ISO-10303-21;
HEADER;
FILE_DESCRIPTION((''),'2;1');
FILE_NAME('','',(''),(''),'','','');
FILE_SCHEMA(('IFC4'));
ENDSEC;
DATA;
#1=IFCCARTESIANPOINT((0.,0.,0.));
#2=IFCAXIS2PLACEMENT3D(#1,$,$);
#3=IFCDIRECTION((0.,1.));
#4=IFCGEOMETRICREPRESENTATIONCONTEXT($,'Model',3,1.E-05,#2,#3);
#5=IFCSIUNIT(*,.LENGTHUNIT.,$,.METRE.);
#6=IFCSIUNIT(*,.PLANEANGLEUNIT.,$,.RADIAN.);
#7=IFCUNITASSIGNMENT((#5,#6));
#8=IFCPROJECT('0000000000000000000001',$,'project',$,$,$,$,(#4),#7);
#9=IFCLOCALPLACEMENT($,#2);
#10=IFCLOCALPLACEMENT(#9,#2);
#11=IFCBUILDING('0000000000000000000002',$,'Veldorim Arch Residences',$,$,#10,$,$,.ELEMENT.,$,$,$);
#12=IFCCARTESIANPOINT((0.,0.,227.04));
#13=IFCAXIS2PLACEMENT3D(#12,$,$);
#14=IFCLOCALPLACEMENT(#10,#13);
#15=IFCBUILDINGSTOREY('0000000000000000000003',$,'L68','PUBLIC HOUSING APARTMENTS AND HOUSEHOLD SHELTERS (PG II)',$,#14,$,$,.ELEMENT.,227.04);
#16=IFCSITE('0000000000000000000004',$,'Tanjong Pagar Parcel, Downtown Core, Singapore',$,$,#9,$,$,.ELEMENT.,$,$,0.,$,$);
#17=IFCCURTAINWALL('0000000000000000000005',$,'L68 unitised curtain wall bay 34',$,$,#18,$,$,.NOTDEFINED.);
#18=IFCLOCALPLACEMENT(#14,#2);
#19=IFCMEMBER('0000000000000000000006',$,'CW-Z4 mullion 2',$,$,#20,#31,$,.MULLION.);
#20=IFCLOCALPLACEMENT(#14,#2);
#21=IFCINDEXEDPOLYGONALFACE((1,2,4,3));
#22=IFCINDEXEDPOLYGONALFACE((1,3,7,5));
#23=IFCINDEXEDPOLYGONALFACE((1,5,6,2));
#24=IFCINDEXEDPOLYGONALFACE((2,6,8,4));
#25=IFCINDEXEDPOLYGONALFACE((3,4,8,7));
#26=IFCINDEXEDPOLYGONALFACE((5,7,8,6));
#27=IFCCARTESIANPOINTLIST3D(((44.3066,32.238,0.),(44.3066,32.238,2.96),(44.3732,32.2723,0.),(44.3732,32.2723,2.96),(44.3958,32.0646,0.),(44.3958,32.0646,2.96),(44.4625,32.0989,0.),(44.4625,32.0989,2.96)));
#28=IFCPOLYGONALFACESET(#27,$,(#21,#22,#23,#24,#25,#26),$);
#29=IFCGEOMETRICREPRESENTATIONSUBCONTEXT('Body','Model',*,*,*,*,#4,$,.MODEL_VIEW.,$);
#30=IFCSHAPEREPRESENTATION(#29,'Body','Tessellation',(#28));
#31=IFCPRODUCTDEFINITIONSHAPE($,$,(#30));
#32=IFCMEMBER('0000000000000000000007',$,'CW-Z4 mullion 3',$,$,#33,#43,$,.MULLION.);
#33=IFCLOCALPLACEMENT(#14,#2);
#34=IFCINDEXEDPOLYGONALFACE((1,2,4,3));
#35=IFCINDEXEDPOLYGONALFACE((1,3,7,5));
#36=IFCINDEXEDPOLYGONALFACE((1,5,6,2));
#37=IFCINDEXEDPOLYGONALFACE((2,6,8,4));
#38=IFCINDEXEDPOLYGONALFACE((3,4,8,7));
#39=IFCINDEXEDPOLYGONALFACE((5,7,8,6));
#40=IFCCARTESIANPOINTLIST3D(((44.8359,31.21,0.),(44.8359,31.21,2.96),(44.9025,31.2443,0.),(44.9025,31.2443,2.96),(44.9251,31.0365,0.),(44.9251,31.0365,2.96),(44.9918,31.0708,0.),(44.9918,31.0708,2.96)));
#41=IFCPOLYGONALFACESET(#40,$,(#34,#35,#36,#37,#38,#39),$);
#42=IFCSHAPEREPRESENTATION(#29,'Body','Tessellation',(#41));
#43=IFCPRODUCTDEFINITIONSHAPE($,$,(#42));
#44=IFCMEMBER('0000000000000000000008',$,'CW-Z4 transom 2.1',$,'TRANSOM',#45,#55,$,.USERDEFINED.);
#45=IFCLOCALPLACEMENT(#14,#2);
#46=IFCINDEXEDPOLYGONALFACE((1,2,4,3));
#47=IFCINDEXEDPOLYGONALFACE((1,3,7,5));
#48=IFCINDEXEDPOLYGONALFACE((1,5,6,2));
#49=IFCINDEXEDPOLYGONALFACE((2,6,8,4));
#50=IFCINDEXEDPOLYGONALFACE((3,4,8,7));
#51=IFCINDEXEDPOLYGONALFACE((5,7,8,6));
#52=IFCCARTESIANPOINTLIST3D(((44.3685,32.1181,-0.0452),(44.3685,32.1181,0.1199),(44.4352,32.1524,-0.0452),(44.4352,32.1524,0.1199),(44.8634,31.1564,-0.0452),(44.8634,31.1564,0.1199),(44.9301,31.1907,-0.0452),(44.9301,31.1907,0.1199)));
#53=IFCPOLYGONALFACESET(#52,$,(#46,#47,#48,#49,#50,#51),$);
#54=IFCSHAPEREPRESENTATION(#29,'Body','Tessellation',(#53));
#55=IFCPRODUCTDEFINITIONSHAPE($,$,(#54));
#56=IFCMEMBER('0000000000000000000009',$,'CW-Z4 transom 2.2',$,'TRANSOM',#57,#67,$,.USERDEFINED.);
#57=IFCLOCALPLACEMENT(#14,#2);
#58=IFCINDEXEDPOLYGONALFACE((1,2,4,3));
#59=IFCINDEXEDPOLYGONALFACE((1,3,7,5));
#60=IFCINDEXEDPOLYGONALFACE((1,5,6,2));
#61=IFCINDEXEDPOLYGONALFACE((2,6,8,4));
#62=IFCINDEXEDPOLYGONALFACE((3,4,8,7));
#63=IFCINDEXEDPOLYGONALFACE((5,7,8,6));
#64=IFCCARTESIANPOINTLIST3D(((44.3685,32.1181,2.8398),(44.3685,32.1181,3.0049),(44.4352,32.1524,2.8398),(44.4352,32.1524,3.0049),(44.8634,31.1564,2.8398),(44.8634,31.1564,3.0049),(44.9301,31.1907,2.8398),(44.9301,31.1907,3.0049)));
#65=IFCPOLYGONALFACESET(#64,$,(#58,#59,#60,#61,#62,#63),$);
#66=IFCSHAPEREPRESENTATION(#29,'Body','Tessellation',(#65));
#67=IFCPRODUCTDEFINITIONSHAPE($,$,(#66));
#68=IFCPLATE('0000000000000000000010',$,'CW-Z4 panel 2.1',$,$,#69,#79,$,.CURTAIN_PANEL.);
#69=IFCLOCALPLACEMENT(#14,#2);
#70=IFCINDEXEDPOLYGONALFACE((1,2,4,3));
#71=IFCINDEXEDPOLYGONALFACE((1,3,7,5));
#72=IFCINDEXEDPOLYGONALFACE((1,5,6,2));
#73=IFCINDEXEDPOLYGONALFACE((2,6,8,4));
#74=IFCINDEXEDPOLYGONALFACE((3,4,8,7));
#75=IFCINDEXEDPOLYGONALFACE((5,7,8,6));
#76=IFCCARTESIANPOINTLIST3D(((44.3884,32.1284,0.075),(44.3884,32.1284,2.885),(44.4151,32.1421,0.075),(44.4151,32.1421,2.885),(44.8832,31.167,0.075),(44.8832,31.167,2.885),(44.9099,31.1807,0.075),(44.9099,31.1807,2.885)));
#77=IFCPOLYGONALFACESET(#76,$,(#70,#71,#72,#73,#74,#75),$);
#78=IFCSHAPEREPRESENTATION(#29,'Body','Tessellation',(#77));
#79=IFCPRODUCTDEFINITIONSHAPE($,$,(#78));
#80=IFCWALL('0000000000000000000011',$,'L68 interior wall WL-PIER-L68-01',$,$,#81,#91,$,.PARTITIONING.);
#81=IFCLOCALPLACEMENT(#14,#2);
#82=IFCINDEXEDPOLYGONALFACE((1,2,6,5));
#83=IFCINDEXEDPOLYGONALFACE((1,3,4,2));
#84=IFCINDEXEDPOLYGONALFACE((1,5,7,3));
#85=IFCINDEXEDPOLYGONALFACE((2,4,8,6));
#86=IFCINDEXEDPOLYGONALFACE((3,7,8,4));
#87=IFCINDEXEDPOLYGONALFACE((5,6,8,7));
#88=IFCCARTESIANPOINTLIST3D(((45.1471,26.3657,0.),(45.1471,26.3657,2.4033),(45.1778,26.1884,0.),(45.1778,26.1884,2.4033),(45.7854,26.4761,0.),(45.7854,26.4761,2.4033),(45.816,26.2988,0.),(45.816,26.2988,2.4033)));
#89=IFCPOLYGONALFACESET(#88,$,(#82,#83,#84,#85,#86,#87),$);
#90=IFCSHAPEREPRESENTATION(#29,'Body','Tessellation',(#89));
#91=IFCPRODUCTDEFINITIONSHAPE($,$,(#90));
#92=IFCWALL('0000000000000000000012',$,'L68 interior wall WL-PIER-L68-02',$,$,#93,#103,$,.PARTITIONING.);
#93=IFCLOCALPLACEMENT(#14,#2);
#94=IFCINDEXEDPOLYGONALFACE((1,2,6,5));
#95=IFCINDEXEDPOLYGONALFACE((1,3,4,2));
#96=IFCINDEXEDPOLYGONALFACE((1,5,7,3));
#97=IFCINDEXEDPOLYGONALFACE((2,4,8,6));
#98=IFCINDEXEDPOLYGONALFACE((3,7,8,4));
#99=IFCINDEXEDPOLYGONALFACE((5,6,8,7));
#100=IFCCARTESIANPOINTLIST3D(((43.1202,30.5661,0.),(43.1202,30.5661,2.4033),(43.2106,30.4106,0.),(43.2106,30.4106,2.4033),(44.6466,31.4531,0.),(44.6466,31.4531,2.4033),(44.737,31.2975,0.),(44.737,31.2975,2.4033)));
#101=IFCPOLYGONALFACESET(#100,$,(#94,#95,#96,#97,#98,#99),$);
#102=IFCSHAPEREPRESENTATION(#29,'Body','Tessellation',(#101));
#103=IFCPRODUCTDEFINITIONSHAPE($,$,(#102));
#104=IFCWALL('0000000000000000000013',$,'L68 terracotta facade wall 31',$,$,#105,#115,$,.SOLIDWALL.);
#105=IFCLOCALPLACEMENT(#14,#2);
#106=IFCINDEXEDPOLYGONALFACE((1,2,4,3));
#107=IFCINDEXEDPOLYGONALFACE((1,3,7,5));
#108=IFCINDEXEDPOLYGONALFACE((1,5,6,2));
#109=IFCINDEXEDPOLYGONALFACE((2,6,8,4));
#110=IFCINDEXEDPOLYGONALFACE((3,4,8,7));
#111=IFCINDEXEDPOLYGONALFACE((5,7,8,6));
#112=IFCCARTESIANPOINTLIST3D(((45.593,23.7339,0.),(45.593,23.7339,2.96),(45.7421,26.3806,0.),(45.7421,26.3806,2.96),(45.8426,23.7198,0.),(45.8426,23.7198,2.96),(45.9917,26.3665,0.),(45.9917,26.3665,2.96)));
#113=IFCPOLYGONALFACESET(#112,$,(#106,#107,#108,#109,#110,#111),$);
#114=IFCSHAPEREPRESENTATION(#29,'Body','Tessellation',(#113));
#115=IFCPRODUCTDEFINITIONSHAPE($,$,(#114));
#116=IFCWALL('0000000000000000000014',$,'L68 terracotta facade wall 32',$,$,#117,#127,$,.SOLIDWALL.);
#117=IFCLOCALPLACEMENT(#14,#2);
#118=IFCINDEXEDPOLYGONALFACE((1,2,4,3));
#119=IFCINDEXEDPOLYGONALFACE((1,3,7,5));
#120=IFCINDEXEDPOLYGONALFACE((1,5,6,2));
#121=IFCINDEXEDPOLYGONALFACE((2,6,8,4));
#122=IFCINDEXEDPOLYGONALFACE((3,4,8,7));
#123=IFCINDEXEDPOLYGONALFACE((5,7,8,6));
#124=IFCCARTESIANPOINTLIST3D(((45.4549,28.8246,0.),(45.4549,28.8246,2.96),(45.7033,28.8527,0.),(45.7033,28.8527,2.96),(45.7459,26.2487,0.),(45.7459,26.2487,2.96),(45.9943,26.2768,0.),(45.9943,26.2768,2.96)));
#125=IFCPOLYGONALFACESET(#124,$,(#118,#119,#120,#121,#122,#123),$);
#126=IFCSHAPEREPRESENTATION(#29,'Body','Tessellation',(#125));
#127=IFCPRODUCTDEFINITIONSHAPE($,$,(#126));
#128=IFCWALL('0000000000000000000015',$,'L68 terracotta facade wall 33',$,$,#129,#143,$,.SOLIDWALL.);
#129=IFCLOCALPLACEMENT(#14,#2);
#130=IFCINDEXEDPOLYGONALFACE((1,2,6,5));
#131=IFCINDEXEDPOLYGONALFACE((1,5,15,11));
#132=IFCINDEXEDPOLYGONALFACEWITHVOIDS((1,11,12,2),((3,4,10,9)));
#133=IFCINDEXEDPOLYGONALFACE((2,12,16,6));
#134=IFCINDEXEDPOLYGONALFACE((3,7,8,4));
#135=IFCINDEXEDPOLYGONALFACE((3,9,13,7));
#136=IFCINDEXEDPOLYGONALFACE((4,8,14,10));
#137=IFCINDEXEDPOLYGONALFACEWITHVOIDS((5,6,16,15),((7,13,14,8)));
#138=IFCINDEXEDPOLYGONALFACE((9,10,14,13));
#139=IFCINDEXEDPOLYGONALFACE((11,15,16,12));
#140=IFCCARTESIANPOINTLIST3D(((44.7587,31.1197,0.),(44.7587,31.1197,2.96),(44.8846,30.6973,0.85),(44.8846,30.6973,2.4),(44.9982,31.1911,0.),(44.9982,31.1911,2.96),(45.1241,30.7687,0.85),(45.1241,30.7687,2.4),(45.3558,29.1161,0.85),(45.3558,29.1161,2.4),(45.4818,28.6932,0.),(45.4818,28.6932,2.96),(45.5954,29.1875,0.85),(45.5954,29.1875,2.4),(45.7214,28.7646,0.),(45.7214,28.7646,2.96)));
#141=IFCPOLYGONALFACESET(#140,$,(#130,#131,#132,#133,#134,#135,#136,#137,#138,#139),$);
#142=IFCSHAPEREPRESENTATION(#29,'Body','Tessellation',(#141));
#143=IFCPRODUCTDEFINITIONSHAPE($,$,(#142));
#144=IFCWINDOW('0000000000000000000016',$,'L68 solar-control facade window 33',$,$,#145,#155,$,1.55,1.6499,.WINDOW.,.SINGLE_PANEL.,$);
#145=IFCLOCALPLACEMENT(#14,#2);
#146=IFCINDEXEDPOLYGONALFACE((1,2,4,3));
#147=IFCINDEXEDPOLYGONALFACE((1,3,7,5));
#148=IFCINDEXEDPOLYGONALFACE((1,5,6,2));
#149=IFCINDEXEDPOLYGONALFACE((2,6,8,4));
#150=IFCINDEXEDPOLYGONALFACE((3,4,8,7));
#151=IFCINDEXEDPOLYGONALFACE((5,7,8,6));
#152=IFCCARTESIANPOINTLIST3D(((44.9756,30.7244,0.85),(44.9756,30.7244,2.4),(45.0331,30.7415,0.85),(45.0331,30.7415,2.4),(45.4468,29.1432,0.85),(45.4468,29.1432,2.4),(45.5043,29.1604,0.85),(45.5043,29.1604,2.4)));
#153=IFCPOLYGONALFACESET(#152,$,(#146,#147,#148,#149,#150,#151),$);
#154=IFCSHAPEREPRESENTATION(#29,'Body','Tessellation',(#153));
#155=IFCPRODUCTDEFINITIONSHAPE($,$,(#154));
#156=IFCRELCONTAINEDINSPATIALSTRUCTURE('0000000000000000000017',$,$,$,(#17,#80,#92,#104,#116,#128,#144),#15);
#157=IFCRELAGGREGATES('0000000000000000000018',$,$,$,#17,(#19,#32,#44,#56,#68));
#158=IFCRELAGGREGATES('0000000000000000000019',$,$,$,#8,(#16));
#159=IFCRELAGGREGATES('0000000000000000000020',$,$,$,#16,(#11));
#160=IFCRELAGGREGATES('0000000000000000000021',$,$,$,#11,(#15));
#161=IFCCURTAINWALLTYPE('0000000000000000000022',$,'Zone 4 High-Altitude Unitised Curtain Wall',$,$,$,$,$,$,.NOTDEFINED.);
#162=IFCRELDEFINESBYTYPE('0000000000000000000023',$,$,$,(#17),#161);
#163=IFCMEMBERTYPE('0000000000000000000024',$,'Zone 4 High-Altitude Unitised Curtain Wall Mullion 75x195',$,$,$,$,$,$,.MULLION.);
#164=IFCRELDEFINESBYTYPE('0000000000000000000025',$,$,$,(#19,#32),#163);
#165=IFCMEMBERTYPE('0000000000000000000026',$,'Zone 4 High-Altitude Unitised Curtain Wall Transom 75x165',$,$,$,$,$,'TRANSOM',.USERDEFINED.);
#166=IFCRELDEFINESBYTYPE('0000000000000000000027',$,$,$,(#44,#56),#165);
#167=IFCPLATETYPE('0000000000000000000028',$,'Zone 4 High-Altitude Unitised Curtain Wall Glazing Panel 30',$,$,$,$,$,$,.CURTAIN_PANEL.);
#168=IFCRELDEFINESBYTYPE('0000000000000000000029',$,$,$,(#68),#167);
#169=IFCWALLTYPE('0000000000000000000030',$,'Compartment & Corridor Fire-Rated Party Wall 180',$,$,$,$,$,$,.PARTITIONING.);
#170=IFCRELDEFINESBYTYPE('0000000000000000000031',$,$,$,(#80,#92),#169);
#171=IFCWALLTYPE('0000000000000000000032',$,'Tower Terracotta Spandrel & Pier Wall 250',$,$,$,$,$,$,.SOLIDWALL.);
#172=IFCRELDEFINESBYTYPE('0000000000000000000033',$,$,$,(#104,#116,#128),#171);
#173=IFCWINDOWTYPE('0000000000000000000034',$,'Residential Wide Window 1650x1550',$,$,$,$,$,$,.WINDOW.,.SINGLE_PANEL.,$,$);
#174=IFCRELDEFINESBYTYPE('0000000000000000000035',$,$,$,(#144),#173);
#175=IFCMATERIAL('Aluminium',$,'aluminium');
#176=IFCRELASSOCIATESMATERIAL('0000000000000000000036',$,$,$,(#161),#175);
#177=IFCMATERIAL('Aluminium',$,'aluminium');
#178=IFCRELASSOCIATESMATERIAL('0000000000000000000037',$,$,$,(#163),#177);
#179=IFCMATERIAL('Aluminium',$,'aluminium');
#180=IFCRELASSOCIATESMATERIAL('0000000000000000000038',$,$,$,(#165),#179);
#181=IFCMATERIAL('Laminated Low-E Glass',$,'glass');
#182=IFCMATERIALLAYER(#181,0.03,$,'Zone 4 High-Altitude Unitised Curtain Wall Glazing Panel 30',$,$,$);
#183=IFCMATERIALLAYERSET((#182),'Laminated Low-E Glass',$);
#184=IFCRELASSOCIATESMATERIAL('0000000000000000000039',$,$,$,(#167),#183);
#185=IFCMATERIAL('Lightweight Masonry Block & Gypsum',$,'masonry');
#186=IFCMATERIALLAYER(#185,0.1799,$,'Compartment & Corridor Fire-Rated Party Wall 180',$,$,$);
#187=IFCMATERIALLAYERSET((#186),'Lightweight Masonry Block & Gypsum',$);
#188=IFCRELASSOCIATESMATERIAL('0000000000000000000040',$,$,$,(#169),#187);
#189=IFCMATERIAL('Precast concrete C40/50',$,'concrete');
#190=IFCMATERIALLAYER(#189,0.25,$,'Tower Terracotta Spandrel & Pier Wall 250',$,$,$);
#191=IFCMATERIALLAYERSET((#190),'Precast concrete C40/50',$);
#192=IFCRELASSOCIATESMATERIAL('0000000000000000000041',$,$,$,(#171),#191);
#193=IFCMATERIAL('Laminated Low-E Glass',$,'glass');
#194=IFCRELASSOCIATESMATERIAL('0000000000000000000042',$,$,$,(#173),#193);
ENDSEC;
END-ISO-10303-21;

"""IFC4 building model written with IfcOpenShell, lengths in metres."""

from ifc_helpers import new_model, si_unit, direction, frame, frame_2d, origin, origin_2d, place, context, subcontext, project, spatial, rectangle, extrude, material, layer, layer_set, material_profile, profile_set, type_object, element, fill, aggregate, save


model = new_model("IFC4")

# Units and contexts
model_context = context("Model", 3, precision=1e-05, world=origin(), true_north=direction((0.0, 1.0)))
body_context = subcontext(model_context, "Body", "Model", "MODEL_VIEW")
ifc_project = project(units=[si_unit("LENGTHUNIT", "METRE"), si_unit("PLANEANGLEUNIT", "RADIAN")], contexts=[model_context])

# Site, building, storey
site_placement = place(None, origin())
site = spatial("IfcSite", under=ifc_project, at=site_placement, Name="Tanjong Pagar Parcel, Downtown Core, Singapore", CompositionType="ELEMENT", RefElevation=0.0)
building_placement = place(site_placement, origin())
building = spatial("IfcBuilding", under=site, at=building_placement, Name="Veldorim Arch Residences", CompositionType="ELEMENT")
storey_placement = place(building_placement, frame((0.0, 0.0, 227.04)))
storey = spatial("IfcBuildingStorey", under=building, at=storey_placement, Name="L68", Description="PUBLIC HOUSING APARTMENTS AND HOUSEHOLD SHELTERS (PG II)", CompositionType="ELEMENT", Elevation=227.04)

# Curtain wall, members, plate
ifc_material_1 = material(Name="Aluminium", Category="aluminium")
curtain_wall_type = type_object("IfcCurtainWallType", Name="Zone 4 High-Altitude Unitised Curtain Wall", PredefinedType="NOTDEFINED", material=ifc_material_1)
curtain_wall_placement = place(storey_placement, origin())
curtain_wall = element("IfcCurtainWall", 1, at=curtain_wall_placement, inside=storey, type_object=curtain_wall_type, Name="L68 unitised curtain wall bay 34", PredefinedType="NOTDEFINED")
ifc_material_2 = material(Name="Aluminium", Category="aluminium")
ifc_material_profile_1 = material_profile(ifc_material_2, rectangle(XDim=0.075, YDim=0.1951, at=origin_2d()), Name="ALU_MUL_75x195")
ifc_profile_set_1 = profile_set([ifc_material_profile_1], Name="Aluminium")
member_type_1 = type_object("IfcMemberType", Name="Zone 4 High-Altitude Unitised Curtain Wall Mullion 75x195", PredefinedType="MULLION", material=ifc_profile_set_1)
member_1_placement = place(storey_placement, frame((44.3845, 32.1685, 0.0), z_axis=(0.0, 0.0, 1.0), x_axis=(0.889131, 0.457653, 0.0)))
member_1 = element("IfcMember", 2, at=member_1_placement, type_object=member_type_1, Name="CW-Z4 mullion 2", PredefinedType="MULLION", context=body_context, shape_type="SweptSolid", body=[
    extrude(rectangle(XDim=0.075, YDim=0.1951, at=origin_2d()), origin(), (0.0, 0.0, 1.0), 2.96),
])
member_2_placement = place(storey_placement, frame((44.9138, 31.1404, 0.0), z_axis=(0.0, 0.0, 1.0), x_axis=(0.889131, 0.457653, 0.0)))
member_2 = element("IfcMember", 3, at=member_2_placement, type_object=member_type_1, Name="CW-Z4 mullion 3", PredefinedType="MULLION", context=body_context, shape_type="SweptSolid", body=[
    extrude(rectangle(XDim=0.075, YDim=0.1951, at=origin_2d()), origin(), (0.0, 0.0, 1.0), 2.96),
])
ifc_material_3 = material(Name="Aluminium", Category="aluminium")
ifc_material_profile_2 = material_profile(ifc_material_3, rectangle(XDim=0.075, YDim=0.165, at=origin_2d()), Name="ALU_TRN_75x165")
ifc_profile_set_2 = profile_set([ifc_material_profile_2], Name="Aluminium")
member_type_2 = type_object("IfcMemberType", Name="Zone 4 High-Altitude Unitised Curtain Wall Transom 75x165", ElementType="TRANSOM", PredefinedType="USERDEFINED", material=ifc_profile_set_2)
member_3_placement = place(storey_placement, frame((44.4019, 32.1353, 0.0374), z_axis=(0.457567, -0.889175, 0.0), x_axis=(0.889175, 0.457567, 0.0)))
member_3 = element("IfcMember", 4, at=member_3_placement, type_object=member_type_2, Name="CW-Z4 transom 2.1", ObjectType="TRANSOM", PredefinedType="USERDEFINED", context=body_context, shape_type="SweptSolid", body=[
    extrude(rectangle(XDim=0.075, YDim=0.165, at=origin_2d()), origin(), (0.0, 0.0, 1.0), 1.0815),
])
member_4_placement = place(storey_placement, frame((44.4019, 32.1353, 2.9224), z_axis=(0.457567, -0.889175, 0.0), x_axis=(0.889175, 0.457567, 0.0)))
member_4 = element("IfcMember", 5, at=member_4_placement, type_object=member_type_2, Name="CW-Z4 transom 2.2", ObjectType="TRANSOM", PredefinedType="USERDEFINED", context=body_context, shape_type="SweptSolid", body=[
    extrude(rectangle(XDim=0.075, YDim=0.165, at=origin_2d()), origin(), (0.0, 0.0, 1.0), 1.0815),
])
ifc_material_4 = material(Name="Laminated Low-E Glass", Category="glass")
ifc_layer_1 = layer(ifc_material_4, 0.03, Name="Zone 4 High-Altitude Unitised Curtain Wall Glazing Panel 30")
ifc_layer_set_1 = layer_set([ifc_layer_1], Name="Laminated Low-E Glass")
plate_type = type_object("IfcPlateType", Name="Zone 4 High-Altitude Unitised Curtain Wall Glazing Panel 30", PredefinedType="CURTAIN_PANEL", material=ifc_layer_set_1)
plate_placement = place(storey_placement, frame((44.6492, 31.6545, 0.075), z_axis=(0.0, 0.0, 1.0), x_axis=(0.457653, -0.889131, 0.0)))
plate = element("IfcPlate", 6, at=plate_placement, type_object=plate_type, Name="CW-Z4 panel 2.1", PredefinedType="CURTAIN_PANEL", context=body_context, shape_type="SweptSolid", body=[
    extrude(rectangle(XDim=1.0813, YDim=0.03, at=origin_2d()), origin(), (0.0, 0.0, 1.0), 2.8101),
])
aggregate(curtain_wall, [member_1, member_2, member_3, member_4, plate])

# Walls
ifc_material_5 = material(Name="Lightweight Masonry Block & Gypsum", Category="masonry")
ifc_layer_2 = layer(ifc_material_5, 0.1799, Name="Compartment & Corridor Fire-Rated Party Wall 180")
ifc_layer_set_2 = layer_set([ifc_layer_2], Name="Lightweight Masonry Block & Gypsum")
wall_type_1 = type_object("IfcWallType", Name="Compartment & Corridor Fire-Rated Party Wall 180", PredefinedType="PARTITIONING", material=ifc_layer_set_2)
wall_1_placement = place(storey_placement, frame((45.1626, 26.2771, 0.0), z_axis=(0.0, 0.0, 1.0), x_axis=(0.985377, 0.170387, 0.0)))
element("IfcWall", 7, at=wall_1_placement, inside=storey, type_object=wall_type_1, Name="L68 interior wall WL-PIER-L68-01", PredefinedType="PARTITIONING", context=body_context, shape_type="SweptSolid", body=[
    extrude(rectangle(XDim=0.6477, YDim=0.1799, at=frame_2d((0.3237, 0.0))), origin(), (0.0, 0.0, 1.0), 2.4033),
])
wall_2_placement = place(storey_placement, frame((43.1653, 30.4883, 0.0), z_axis=(0.0, 0.0, 1.0), x_axis=(0.86462, 0.502426, 0.0)))
element("IfcWall", 8, at=wall_2_placement, inside=storey, type_object=wall_type_1, Name="L68 interior wall WL-PIER-L68-02", PredefinedType="PARTITIONING", context=body_context, shape_type="SweptSolid", body=[
    extrude(rectangle(XDim=1.7654, YDim=0.1799, at=frame_2d((0.8828, 0.0))), origin(), (0.0, 0.0, 1.0), 2.4033),
])
ifc_material_6 = material(Name="Precast concrete C40/50", Category="concrete")
ifc_layer_3 = layer(ifc_material_6, 0.25, Name="Tower Terracotta Spandrel & Pier Wall 250")
ifc_layer_set_3 = layer_set([ifc_layer_3], Name="Precast concrete C40/50")
wall_type_2 = type_object("IfcWallType", Name="Tower Terracotta Spandrel & Pier Wall 250", PredefinedType="SOLIDWALL", material=ifc_layer_set_3)
wall_3_placement = place(storey_placement, frame((45.8669, 26.3735, 0.0), z_axis=(0.0, 0.0, 1.0), x_axis=(-0.056271, -0.998416, 0.0)))
element("IfcWall", 9, at=wall_3_placement, inside=storey, type_object=wall_type_2, Name="L68 terracotta facade wall 31", PredefinedType="SOLIDWALL", context=body_context, shape_type="SweptSolid", body=[
    extrude(rectangle(XDim=2.6509, YDim=0.25, at=frame_2d((1.3254, 0.0))), origin(), (0.0, 0.0, 1.0), 2.96),
])
wall_4_placement = place(storey_placement, frame((45.5791, 28.8386, 0.0), z_axis=(0.0, 0.0, 1.0), x_axis=(0.112261, -0.993679, 0.0)))
element("IfcWall", 10, at=wall_4_placement, inside=storey, type_object=wall_type_2, Name="L68 terracotta facade wall 32", PredefinedType="SOLIDWALL", context=body_context, shape_type="SweptSolid", body=[
    extrude(rectangle(XDim=2.5923, YDim=0.25, at=frame_2d((1.2961, 0.0))), origin(), (0.0, 0.0, 1.0), 2.96),
])

# Wall, opening, window
wall_5_placement = place(storey_placement, frame((44.8784, 31.1555, 0.0), z_axis=(0.0, 0.0, 1.0), x_axis=(0.285605, -0.958348, 0.0)))
wall_5 = element("IfcWall", 11, at=wall_5_placement, inside=storey, type_object=wall_type_2, Name="L68 terracotta facade wall 33", PredefinedType="SOLIDWALL", context=body_context, shape_type="SweptSolid", body=[
    extrude(rectangle(XDim=2.532, YDim=0.25, at=frame_2d((1.2661, 0.0))), origin(), (0.0, 0.0, 1.0), 2.96),
])
opening_1_placement = place(wall_5_placement, frame((0.4409, 0.0, 0.8501)))
opening_1 = element("IfcOpeningElement", 12, at=opening_1_placement, cuts=wall_5, PredefinedType="OPENING", context=body_context, shape_type="SweptSolid", body=[
    extrude(rectangle(XDim=1.6499, YDim=1.55, at=frame_2d((0.825, 0.7749))), frame((0.0, 0.135, 0.0), z_axis=(0.0, -1.0, 0.0), x_axis=(1.0, 0.0, 0.0)), (0.0, 0.0, 1.0), 0.27),
])
ifc_material_7 = material(Name="Laminated Low-E Glass", Category="glass")
window_type = type_object("IfcWindowType", Name="Residential Wide Window 1650x1550", PartitioningType="SINGLE_PANEL", PredefinedType="WINDOW", material=ifc_material_7)
window_placement = place(opening_1_placement, origin())
window = element("IfcWindow", 13, at=window_placement, inside=storey, type_object=window_type, Name="L68 solar-control facade window 33", OverallHeight=1.55, OverallWidth=1.6499, PartitioningType="SINGLE_PANEL", PredefinedType="WINDOW", context=body_context, shape_type="SweptSolid", body=[
    extrude(rectangle(XDim=1.6499, YDim=1.55, at=frame_2d((0.825, 0.7749))), frame((0.0, 0.03, 0.0), z_axis=(0.0, -1.0, 0.0), x_axis=(1.0, 0.0, 0.0)), (0.0, 0.0, 1.0), 0.0601),
])
fill(opening_1, window)

save(model, "model.ifc")
